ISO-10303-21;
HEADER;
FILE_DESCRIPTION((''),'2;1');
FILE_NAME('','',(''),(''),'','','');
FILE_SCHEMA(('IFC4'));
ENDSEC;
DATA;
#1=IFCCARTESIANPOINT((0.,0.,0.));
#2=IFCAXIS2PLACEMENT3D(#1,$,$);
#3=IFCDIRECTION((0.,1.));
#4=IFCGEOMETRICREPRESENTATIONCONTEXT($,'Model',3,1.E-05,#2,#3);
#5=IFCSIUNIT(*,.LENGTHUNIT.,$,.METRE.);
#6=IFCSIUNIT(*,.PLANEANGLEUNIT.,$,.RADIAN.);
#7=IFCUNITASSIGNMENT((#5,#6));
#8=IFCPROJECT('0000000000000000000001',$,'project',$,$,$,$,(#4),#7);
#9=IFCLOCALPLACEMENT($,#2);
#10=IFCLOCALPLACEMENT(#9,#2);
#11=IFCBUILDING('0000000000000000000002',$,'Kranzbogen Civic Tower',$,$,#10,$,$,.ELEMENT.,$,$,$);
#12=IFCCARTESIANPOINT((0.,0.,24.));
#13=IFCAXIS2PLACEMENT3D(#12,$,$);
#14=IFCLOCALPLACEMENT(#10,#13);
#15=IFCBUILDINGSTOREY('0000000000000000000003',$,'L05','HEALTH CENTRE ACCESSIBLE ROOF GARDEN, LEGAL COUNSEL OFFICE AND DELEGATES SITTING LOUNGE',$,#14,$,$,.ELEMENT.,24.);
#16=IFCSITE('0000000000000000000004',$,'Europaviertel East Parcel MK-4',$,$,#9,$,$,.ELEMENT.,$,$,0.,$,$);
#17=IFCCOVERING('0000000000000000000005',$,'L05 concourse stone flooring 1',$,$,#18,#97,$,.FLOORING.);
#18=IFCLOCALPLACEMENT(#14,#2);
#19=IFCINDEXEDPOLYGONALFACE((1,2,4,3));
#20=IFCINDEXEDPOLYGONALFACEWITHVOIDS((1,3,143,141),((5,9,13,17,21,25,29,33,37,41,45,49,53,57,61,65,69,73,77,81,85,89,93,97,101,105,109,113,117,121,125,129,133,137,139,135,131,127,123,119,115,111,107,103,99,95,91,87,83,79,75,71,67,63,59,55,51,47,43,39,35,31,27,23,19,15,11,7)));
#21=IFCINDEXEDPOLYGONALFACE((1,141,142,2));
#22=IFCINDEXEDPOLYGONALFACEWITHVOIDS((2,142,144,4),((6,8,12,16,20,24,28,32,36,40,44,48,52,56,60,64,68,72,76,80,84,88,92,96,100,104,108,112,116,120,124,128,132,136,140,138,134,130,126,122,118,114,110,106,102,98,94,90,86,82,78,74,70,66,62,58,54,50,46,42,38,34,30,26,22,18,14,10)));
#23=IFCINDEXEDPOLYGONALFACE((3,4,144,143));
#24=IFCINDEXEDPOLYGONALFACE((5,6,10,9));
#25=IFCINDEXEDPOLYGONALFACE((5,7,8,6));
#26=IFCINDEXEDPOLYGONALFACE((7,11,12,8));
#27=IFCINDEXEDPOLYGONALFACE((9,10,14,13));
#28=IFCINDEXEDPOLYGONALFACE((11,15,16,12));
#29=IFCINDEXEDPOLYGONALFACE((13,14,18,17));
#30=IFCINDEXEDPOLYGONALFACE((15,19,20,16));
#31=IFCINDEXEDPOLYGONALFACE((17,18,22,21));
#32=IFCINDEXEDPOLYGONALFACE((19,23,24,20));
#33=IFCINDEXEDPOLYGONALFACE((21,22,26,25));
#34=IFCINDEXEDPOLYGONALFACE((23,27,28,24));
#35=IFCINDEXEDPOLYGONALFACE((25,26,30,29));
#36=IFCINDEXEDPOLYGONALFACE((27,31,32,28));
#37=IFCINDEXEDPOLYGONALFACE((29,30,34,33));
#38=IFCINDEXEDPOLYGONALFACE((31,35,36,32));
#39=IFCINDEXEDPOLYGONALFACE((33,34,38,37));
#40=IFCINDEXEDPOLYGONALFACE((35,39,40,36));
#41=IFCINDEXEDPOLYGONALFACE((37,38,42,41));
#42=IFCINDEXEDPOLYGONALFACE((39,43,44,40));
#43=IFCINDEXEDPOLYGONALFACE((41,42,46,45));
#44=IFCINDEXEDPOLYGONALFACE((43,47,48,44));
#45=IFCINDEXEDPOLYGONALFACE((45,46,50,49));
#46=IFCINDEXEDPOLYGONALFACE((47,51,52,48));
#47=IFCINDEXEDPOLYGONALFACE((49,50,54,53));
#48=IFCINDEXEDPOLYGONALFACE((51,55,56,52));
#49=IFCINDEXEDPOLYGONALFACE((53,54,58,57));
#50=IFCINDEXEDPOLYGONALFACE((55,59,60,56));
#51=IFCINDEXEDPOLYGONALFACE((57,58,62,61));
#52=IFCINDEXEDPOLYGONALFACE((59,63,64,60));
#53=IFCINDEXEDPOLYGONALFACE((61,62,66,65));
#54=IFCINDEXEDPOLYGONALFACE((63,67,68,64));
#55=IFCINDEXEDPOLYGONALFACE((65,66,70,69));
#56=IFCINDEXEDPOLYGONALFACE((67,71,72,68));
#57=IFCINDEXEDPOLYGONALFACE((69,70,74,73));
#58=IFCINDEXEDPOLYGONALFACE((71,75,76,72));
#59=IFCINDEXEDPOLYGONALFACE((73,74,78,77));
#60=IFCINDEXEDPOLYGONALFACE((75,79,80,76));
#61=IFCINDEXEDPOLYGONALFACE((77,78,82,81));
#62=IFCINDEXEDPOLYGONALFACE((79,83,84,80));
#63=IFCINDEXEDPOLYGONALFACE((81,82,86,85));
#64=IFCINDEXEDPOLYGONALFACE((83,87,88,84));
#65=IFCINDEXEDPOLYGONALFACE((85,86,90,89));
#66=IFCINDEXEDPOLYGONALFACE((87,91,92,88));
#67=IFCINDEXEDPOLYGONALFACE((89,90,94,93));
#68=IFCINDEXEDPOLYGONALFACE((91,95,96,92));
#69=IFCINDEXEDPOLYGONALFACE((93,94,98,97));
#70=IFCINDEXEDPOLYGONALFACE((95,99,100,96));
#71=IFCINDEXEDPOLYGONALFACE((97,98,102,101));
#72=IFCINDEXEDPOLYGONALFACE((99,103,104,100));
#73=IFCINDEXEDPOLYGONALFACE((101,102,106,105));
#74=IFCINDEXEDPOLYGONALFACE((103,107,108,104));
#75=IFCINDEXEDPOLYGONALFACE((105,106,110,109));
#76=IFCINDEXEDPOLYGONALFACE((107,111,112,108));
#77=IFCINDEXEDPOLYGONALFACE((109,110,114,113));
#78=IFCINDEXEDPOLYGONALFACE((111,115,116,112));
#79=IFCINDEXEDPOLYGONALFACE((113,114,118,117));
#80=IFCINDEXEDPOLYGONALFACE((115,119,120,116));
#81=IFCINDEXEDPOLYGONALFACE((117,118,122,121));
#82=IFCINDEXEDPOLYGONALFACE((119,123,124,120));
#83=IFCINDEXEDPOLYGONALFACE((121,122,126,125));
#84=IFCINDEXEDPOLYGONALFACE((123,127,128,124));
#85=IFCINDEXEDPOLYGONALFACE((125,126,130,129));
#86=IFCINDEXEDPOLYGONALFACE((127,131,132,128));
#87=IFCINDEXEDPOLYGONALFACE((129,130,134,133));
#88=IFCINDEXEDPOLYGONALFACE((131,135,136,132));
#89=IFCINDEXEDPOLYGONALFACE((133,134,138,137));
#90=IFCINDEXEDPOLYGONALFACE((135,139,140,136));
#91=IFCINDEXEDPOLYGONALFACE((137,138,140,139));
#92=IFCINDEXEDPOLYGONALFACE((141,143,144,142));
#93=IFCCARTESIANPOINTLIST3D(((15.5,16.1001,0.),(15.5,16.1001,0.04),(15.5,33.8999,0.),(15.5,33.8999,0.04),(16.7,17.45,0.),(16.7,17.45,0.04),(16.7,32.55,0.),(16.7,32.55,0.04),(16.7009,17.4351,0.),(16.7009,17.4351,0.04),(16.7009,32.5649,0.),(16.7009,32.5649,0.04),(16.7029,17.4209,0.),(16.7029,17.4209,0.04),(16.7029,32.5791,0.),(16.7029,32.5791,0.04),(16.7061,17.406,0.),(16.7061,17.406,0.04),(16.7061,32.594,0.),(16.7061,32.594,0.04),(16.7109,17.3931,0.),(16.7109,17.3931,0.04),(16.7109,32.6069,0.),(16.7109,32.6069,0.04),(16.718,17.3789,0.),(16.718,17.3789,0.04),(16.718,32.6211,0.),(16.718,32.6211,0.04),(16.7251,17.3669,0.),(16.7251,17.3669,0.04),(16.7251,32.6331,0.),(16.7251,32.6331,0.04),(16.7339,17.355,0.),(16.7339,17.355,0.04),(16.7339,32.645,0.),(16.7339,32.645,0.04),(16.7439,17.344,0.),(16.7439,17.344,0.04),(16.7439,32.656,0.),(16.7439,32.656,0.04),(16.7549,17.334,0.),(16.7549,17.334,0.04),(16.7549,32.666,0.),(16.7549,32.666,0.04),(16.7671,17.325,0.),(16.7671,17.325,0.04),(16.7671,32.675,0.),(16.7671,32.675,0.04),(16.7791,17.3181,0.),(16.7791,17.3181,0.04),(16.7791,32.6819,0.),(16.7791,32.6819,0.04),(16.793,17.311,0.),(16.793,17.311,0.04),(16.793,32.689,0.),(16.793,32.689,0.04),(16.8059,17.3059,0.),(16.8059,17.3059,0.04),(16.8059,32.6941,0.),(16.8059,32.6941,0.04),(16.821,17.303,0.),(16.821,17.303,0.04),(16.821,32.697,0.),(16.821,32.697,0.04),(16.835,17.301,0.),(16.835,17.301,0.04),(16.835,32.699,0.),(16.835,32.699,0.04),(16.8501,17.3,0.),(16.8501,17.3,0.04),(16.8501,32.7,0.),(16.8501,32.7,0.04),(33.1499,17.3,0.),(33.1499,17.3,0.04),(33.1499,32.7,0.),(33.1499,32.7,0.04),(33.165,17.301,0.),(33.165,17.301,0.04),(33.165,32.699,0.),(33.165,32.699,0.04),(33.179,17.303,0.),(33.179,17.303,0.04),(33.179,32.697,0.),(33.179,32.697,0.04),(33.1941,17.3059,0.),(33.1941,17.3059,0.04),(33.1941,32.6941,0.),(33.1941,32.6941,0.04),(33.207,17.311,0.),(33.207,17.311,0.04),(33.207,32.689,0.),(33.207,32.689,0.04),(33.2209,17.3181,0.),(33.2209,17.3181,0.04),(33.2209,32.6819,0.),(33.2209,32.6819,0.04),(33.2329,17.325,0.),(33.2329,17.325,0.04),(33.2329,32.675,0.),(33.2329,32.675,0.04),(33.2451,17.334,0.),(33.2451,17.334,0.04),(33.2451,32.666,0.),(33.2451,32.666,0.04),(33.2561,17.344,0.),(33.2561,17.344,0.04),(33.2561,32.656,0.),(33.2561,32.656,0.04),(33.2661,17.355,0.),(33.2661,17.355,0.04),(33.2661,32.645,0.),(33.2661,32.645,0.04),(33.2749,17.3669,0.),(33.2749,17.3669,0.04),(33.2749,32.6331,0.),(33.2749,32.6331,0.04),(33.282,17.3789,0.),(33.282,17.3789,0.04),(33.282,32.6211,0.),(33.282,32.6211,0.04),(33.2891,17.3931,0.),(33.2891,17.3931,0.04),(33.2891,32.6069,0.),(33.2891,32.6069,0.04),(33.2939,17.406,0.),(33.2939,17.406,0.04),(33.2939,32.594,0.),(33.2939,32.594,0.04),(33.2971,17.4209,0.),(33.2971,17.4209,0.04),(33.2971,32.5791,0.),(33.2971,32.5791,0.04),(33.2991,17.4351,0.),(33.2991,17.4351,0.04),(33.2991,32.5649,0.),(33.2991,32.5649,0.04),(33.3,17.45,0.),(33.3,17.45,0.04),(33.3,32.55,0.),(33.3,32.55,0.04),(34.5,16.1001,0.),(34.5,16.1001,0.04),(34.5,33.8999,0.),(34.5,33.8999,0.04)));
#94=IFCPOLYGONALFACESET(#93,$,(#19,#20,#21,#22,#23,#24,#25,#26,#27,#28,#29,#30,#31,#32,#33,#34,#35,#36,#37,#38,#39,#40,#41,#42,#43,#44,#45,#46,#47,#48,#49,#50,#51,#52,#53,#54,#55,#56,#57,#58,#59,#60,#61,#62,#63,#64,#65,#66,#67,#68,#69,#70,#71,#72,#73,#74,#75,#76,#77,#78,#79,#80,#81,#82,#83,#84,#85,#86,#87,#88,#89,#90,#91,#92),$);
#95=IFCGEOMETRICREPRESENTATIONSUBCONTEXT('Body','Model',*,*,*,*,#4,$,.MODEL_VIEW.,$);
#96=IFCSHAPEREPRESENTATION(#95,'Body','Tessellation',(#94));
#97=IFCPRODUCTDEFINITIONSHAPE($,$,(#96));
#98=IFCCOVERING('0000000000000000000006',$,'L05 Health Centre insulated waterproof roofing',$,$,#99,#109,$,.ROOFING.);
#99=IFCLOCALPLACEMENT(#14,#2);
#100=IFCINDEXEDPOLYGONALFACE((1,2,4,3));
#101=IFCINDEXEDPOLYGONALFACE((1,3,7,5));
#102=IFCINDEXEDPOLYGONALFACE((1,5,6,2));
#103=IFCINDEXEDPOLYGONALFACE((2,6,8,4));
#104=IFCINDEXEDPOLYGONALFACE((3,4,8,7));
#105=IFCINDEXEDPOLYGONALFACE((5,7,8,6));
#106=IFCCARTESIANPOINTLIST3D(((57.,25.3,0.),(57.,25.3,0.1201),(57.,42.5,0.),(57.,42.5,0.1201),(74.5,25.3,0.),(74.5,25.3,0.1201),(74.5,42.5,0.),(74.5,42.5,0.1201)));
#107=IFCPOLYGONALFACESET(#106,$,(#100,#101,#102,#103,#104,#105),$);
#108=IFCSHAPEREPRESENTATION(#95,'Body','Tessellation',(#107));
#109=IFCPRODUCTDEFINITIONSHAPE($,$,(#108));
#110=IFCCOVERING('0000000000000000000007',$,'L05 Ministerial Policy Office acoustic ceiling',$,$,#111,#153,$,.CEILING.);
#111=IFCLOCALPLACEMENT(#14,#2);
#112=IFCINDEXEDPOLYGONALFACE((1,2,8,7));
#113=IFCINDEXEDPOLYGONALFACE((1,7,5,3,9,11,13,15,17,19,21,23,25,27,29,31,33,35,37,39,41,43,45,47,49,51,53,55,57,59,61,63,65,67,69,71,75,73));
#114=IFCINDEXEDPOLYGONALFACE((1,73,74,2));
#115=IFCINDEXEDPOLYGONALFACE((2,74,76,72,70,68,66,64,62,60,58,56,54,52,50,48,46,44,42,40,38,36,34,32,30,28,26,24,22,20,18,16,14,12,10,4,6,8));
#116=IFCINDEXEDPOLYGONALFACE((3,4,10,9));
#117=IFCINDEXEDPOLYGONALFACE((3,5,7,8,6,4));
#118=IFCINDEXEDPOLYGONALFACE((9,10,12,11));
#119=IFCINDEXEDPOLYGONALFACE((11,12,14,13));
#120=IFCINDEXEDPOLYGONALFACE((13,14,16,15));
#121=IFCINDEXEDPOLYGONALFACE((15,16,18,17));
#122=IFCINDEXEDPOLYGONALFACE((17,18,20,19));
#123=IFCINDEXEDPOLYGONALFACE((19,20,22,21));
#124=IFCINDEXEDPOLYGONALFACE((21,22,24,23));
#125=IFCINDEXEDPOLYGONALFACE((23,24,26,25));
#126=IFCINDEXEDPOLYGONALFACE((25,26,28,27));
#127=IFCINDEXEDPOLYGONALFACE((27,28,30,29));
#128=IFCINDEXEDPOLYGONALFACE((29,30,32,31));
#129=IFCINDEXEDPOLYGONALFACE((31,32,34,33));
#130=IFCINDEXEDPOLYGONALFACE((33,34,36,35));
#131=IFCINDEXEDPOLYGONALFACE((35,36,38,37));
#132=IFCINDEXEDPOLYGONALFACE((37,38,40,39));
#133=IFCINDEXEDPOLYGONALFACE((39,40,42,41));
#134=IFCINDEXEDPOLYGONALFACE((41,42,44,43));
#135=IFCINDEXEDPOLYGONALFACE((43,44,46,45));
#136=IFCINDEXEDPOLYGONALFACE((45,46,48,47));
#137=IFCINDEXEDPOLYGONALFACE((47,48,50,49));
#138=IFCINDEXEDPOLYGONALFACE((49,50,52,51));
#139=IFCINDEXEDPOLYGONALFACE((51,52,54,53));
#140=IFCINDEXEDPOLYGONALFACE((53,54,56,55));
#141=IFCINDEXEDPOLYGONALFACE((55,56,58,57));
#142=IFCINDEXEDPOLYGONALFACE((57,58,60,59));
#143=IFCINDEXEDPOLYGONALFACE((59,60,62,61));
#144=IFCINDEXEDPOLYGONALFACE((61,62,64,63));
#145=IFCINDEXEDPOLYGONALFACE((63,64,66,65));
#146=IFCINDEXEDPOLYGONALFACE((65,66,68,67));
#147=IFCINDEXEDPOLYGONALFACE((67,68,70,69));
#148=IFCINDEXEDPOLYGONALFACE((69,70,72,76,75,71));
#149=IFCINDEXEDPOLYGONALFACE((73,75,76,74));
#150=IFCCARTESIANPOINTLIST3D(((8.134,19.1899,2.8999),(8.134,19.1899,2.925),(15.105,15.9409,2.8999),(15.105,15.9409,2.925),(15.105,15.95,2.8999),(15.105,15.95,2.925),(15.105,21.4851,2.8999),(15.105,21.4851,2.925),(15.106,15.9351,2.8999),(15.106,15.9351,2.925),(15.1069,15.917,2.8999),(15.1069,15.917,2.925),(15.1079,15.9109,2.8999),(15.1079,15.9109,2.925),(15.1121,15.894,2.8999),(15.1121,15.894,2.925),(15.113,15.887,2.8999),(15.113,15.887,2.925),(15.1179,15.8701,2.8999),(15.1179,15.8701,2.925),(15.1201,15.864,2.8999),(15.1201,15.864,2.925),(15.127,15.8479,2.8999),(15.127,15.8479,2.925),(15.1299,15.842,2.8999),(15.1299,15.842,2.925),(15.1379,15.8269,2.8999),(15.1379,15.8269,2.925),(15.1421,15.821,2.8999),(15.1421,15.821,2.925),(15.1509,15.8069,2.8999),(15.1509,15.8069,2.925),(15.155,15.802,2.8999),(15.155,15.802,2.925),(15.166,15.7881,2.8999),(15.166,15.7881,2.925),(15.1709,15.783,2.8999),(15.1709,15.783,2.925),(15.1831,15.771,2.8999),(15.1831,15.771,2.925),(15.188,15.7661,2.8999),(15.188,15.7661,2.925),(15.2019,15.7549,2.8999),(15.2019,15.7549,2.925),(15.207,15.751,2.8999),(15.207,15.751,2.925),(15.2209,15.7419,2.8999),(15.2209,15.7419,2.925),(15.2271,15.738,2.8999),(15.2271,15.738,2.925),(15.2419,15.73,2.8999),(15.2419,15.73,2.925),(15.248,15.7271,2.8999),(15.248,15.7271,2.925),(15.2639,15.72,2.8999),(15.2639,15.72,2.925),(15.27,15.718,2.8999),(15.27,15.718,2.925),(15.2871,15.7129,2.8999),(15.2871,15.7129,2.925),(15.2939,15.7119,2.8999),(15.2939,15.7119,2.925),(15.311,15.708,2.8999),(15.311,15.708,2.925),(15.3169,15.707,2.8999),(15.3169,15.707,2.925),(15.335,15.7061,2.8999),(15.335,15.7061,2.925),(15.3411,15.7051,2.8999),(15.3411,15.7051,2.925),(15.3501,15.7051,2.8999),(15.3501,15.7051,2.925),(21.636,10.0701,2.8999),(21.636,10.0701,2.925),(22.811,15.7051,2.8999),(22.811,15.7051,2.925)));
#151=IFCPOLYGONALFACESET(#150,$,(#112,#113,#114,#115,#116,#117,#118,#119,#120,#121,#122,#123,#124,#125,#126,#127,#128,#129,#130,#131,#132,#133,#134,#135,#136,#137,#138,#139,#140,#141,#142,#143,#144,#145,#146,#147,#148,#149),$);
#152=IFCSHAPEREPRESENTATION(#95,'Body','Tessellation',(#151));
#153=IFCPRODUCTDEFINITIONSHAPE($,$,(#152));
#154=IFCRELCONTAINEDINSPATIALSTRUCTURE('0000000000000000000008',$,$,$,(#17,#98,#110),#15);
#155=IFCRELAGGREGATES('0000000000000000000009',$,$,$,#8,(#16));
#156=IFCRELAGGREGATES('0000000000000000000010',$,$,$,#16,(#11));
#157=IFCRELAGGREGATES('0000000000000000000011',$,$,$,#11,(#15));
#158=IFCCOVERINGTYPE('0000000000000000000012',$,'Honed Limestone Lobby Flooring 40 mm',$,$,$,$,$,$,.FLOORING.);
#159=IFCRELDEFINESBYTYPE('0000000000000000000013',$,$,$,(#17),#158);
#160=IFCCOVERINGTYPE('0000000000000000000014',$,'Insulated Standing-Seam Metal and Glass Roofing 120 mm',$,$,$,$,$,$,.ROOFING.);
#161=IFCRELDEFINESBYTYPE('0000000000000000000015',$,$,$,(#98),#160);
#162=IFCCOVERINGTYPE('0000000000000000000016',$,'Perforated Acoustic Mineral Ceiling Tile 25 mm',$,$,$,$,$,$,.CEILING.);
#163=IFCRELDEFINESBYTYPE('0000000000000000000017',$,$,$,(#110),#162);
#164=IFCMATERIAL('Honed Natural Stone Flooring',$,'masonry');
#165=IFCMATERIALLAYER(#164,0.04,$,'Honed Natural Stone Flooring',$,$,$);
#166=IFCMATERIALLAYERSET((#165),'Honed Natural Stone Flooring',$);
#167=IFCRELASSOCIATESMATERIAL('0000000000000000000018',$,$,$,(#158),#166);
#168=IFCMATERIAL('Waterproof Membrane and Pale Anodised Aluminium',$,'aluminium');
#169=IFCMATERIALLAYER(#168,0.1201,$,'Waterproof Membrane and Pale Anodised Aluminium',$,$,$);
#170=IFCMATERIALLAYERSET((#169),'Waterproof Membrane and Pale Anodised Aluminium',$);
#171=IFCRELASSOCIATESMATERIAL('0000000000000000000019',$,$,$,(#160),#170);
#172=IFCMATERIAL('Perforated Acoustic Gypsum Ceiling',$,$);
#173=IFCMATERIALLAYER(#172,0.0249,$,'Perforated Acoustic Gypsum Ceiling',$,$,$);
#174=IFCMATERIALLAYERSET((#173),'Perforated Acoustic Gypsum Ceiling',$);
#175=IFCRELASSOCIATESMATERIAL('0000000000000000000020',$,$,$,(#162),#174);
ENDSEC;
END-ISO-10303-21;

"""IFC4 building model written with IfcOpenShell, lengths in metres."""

from ifc_helpers import new_model, si_unit, direction, frame, origin, place, context, subcontext, project, spatial, polyline, outline, extrude, material, layer, layer_set, type_object, element, save


model = new_model("IFC4")

# Units and contexts
model_context = context("Model", 3, precision=1e-05, world=origin(), true_north=direction((0.0, 1.0)))
body_context = subcontext(model_context, "Body", "Model", "MODEL_VIEW")
ifc_project = project(units=[si_unit("LENGTHUNIT", "METRE"), si_unit("PLANEANGLEUNIT", "RADIAN")], contexts=[model_context])

# Site, building, storey
site_placement = place(None, origin())
site = spatial("IfcSite", under=ifc_project, at=site_placement, Name="Europaviertel East Parcel MK-4", CompositionType="ELEMENT", RefElevation=0.0)
building_placement = place(site_placement, origin())
building = spatial("IfcBuilding", under=site, at=building_placement, Name="Kranzbogen Civic Tower", CompositionType="ELEMENT")
storey_placement = place(building_placement, frame((0.0, 0.0, 24.0)))
storey = spatial("IfcBuildingStorey", under=building, at=storey_placement, Name="L05", Description="HEALTH CENTRE ACCESSIBLE ROOF GARDEN, LEGAL COUNSEL OFFICE AND DELEGATES SITTING LOUNGE", CompositionType="ELEMENT", Elevation=24.0)

# Coverings
ifc_material_1 = material(Name="Honed Natural Stone Flooring", Category="masonry")
ifc_layer_1 = layer(ifc_material_1, 0.04, Name="Honed Natural Stone Flooring")
ifc_layer_set_1 = layer_set([ifc_layer_1], Name="Honed Natural Stone Flooring")
covering_type_1 = type_object("IfcCoveringType", Name="Honed Limestone Lobby Flooring 40 mm", PredefinedType="FLOORING", material=ifc_layer_set_1)
covering_1_placement = place(storey_placement, origin())
element("IfcCovering", 1, at=covering_1_placement, inside=storey, type_object=covering_type_1, Name="L05 concourse stone flooring 1", PredefinedType="FLOORING", context=body_context, shape_type="SweptSolid", body=[
    extrude(outline(polyline([(15.5, 33.8999), (34.5, 33.8999), (34.5, 16.1001), (15.5, 16.1001), (15.5, 33.8999)]), holes=[polyline([(33.1499, 32.7), (33.165, 32.699), (33.179, 32.697), (33.1941, 32.6941), (33.207, 32.689), (33.2209, 32.6819), (33.2329, 32.675), (33.2451, 32.666), (33.2561, 32.656), (33.2661, 32.645), (33.2749, 32.6331), (33.282, 32.6211), (33.2891, 32.6069), (33.2939, 32.594), (33.2971, 32.5791), (33.2991, 32.5649), (33.3, 32.55), (33.3, 17.45), (33.2991, 17.4351), (33.2971, 17.4209), (33.2939, 17.406), (33.2891, 17.3931), (33.282, 17.3789), (33.2749, 17.3669), (33.2661, 17.355), (33.2561, 17.344), (33.2451, 17.334), (33.2329, 17.325), (33.2209, 17.3181), (33.207, 17.311), (33.1941, 17.3059), (33.179, 17.303), (33.165, 17.301), (33.1499, 17.3), (16.8501, 17.3), (16.835, 17.301), (16.821, 17.303), (16.8059, 17.3059), (16.793, 17.311), (16.7791, 17.3181), (16.7671, 17.325), (16.7549, 17.334), (16.7439, 17.344), (16.7339, 17.355), (16.7251, 17.3669), (16.718, 17.3789), (16.7109, 17.3931), (16.7061, 17.406), (16.7029, 17.4209), (16.7009, 17.4351), (16.7, 17.45), (16.7, 32.55), (16.7009, 32.5649), (16.7029, 32.5791), (16.7061, 32.594), (16.7109, 32.6069), (16.718, 32.6211), (16.7251, 32.6331), (16.7339, 32.645), (16.7439, 32.656), (16.7549, 32.666), (16.7671, 32.675), (16.7791, 32.6819), (16.793, 32.689), (16.8059, 32.6941), (16.821, 32.697), (16.835, 32.699), (16.8501, 32.7), (33.1499, 32.7)])]), origin(), (0.0, 0.0, 1.0), 0.04),
])
ifc_material_2 = material(Name="Waterproof Membrane and Pale Anodised Aluminium", Category="aluminium")
ifc_layer_2 = layer(ifc_material_2, 0.1201, Name="Waterproof Membrane and Pale Anodised Aluminium")
ifc_layer_set_2 = layer_set([ifc_layer_2], Name="Waterproof Membrane and Pale Anodised Aluminium")
covering_type_2 = type_object("IfcCoveringType", Name="Insulated Standing-Seam Metal and Glass Roofing 120 mm", PredefinedType="ROOFING", material=ifc_layer_set_2)
covering_2_placement = place(storey_placement, origin())
element("IfcCovering", 2, at=covering_2_placement, inside=storey, type_object=covering_type_2, Name="L05 Health Centre insulated waterproof roofing", PredefinedType="ROOFING", context=body_context, shape_type="SweptSolid", body=[
    extrude(outline(polyline([(57.0, 25.3), (74.5, 25.3), (74.5, 42.5), (57.0, 42.5), (57.0, 25.3)])), origin(), (0.0, 0.0, 1.0), 0.1201),
])
ifc_material_3 = material(Name="Perforated Acoustic Gypsum Ceiling")
ifc_layer_3 = layer(ifc_material_3, 0.0249, Name="Perforated Acoustic Gypsum Ceiling")
ifc_layer_set_3 = layer_set([ifc_layer_3], Name="Perforated Acoustic Gypsum Ceiling")
covering_type_3 = type_object("IfcCoveringType", Name="Perforated Acoustic Mineral Ceiling Tile 25 mm", PredefinedType="CEILING", material=ifc_layer_set_3)
covering_3_placement = place(storey_placement, frame((0.0, 0.0, 2.8999)))
element("IfcCovering", 3, at=covering_3_placement, inside=storey, type_object=covering_type_3, Name="L05 Ministerial Policy Office acoustic ceiling", PredefinedType="CEILING", context=body_context, shape_type="SweptSolid", body=[
    extrude(outline(polyline([(15.105, 15.95), (15.105, 15.9409), (15.106, 15.9351), (15.1069, 15.917), (15.1079, 15.9109), (15.1121, 15.894), (15.113, 15.887), (15.1179, 15.8701), (15.1201, 15.864), (15.127, 15.8479), (15.1299, 15.842), (15.1379, 15.8269), (15.1421, 15.821), (15.1509, 15.8069), (15.155, 15.802), (15.166, 15.7881), (15.1709, 15.783), (15.1831, 15.771), (15.188, 15.7661), (15.2019, 15.7549), (15.207, 15.751), (15.2209, 15.7419), (15.2271, 15.738), (15.2419, 15.73), (15.248, 15.7271), (15.2639, 15.72), (15.27, 15.718), (15.2871, 15.7129), (15.2939, 15.7119), (15.311, 15.708), (15.3169, 15.707), (15.335, 15.7061), (15.3411, 15.7051), (15.3501, 15.7051), (22.811, 15.7051), (21.636, 10.0701), (8.134, 19.1899), (15.105, 21.4851), (15.105, 15.95)])), origin(), (0.0, 0.0, 1.0), 0.0251),
])

save(model, "model.ifc")
